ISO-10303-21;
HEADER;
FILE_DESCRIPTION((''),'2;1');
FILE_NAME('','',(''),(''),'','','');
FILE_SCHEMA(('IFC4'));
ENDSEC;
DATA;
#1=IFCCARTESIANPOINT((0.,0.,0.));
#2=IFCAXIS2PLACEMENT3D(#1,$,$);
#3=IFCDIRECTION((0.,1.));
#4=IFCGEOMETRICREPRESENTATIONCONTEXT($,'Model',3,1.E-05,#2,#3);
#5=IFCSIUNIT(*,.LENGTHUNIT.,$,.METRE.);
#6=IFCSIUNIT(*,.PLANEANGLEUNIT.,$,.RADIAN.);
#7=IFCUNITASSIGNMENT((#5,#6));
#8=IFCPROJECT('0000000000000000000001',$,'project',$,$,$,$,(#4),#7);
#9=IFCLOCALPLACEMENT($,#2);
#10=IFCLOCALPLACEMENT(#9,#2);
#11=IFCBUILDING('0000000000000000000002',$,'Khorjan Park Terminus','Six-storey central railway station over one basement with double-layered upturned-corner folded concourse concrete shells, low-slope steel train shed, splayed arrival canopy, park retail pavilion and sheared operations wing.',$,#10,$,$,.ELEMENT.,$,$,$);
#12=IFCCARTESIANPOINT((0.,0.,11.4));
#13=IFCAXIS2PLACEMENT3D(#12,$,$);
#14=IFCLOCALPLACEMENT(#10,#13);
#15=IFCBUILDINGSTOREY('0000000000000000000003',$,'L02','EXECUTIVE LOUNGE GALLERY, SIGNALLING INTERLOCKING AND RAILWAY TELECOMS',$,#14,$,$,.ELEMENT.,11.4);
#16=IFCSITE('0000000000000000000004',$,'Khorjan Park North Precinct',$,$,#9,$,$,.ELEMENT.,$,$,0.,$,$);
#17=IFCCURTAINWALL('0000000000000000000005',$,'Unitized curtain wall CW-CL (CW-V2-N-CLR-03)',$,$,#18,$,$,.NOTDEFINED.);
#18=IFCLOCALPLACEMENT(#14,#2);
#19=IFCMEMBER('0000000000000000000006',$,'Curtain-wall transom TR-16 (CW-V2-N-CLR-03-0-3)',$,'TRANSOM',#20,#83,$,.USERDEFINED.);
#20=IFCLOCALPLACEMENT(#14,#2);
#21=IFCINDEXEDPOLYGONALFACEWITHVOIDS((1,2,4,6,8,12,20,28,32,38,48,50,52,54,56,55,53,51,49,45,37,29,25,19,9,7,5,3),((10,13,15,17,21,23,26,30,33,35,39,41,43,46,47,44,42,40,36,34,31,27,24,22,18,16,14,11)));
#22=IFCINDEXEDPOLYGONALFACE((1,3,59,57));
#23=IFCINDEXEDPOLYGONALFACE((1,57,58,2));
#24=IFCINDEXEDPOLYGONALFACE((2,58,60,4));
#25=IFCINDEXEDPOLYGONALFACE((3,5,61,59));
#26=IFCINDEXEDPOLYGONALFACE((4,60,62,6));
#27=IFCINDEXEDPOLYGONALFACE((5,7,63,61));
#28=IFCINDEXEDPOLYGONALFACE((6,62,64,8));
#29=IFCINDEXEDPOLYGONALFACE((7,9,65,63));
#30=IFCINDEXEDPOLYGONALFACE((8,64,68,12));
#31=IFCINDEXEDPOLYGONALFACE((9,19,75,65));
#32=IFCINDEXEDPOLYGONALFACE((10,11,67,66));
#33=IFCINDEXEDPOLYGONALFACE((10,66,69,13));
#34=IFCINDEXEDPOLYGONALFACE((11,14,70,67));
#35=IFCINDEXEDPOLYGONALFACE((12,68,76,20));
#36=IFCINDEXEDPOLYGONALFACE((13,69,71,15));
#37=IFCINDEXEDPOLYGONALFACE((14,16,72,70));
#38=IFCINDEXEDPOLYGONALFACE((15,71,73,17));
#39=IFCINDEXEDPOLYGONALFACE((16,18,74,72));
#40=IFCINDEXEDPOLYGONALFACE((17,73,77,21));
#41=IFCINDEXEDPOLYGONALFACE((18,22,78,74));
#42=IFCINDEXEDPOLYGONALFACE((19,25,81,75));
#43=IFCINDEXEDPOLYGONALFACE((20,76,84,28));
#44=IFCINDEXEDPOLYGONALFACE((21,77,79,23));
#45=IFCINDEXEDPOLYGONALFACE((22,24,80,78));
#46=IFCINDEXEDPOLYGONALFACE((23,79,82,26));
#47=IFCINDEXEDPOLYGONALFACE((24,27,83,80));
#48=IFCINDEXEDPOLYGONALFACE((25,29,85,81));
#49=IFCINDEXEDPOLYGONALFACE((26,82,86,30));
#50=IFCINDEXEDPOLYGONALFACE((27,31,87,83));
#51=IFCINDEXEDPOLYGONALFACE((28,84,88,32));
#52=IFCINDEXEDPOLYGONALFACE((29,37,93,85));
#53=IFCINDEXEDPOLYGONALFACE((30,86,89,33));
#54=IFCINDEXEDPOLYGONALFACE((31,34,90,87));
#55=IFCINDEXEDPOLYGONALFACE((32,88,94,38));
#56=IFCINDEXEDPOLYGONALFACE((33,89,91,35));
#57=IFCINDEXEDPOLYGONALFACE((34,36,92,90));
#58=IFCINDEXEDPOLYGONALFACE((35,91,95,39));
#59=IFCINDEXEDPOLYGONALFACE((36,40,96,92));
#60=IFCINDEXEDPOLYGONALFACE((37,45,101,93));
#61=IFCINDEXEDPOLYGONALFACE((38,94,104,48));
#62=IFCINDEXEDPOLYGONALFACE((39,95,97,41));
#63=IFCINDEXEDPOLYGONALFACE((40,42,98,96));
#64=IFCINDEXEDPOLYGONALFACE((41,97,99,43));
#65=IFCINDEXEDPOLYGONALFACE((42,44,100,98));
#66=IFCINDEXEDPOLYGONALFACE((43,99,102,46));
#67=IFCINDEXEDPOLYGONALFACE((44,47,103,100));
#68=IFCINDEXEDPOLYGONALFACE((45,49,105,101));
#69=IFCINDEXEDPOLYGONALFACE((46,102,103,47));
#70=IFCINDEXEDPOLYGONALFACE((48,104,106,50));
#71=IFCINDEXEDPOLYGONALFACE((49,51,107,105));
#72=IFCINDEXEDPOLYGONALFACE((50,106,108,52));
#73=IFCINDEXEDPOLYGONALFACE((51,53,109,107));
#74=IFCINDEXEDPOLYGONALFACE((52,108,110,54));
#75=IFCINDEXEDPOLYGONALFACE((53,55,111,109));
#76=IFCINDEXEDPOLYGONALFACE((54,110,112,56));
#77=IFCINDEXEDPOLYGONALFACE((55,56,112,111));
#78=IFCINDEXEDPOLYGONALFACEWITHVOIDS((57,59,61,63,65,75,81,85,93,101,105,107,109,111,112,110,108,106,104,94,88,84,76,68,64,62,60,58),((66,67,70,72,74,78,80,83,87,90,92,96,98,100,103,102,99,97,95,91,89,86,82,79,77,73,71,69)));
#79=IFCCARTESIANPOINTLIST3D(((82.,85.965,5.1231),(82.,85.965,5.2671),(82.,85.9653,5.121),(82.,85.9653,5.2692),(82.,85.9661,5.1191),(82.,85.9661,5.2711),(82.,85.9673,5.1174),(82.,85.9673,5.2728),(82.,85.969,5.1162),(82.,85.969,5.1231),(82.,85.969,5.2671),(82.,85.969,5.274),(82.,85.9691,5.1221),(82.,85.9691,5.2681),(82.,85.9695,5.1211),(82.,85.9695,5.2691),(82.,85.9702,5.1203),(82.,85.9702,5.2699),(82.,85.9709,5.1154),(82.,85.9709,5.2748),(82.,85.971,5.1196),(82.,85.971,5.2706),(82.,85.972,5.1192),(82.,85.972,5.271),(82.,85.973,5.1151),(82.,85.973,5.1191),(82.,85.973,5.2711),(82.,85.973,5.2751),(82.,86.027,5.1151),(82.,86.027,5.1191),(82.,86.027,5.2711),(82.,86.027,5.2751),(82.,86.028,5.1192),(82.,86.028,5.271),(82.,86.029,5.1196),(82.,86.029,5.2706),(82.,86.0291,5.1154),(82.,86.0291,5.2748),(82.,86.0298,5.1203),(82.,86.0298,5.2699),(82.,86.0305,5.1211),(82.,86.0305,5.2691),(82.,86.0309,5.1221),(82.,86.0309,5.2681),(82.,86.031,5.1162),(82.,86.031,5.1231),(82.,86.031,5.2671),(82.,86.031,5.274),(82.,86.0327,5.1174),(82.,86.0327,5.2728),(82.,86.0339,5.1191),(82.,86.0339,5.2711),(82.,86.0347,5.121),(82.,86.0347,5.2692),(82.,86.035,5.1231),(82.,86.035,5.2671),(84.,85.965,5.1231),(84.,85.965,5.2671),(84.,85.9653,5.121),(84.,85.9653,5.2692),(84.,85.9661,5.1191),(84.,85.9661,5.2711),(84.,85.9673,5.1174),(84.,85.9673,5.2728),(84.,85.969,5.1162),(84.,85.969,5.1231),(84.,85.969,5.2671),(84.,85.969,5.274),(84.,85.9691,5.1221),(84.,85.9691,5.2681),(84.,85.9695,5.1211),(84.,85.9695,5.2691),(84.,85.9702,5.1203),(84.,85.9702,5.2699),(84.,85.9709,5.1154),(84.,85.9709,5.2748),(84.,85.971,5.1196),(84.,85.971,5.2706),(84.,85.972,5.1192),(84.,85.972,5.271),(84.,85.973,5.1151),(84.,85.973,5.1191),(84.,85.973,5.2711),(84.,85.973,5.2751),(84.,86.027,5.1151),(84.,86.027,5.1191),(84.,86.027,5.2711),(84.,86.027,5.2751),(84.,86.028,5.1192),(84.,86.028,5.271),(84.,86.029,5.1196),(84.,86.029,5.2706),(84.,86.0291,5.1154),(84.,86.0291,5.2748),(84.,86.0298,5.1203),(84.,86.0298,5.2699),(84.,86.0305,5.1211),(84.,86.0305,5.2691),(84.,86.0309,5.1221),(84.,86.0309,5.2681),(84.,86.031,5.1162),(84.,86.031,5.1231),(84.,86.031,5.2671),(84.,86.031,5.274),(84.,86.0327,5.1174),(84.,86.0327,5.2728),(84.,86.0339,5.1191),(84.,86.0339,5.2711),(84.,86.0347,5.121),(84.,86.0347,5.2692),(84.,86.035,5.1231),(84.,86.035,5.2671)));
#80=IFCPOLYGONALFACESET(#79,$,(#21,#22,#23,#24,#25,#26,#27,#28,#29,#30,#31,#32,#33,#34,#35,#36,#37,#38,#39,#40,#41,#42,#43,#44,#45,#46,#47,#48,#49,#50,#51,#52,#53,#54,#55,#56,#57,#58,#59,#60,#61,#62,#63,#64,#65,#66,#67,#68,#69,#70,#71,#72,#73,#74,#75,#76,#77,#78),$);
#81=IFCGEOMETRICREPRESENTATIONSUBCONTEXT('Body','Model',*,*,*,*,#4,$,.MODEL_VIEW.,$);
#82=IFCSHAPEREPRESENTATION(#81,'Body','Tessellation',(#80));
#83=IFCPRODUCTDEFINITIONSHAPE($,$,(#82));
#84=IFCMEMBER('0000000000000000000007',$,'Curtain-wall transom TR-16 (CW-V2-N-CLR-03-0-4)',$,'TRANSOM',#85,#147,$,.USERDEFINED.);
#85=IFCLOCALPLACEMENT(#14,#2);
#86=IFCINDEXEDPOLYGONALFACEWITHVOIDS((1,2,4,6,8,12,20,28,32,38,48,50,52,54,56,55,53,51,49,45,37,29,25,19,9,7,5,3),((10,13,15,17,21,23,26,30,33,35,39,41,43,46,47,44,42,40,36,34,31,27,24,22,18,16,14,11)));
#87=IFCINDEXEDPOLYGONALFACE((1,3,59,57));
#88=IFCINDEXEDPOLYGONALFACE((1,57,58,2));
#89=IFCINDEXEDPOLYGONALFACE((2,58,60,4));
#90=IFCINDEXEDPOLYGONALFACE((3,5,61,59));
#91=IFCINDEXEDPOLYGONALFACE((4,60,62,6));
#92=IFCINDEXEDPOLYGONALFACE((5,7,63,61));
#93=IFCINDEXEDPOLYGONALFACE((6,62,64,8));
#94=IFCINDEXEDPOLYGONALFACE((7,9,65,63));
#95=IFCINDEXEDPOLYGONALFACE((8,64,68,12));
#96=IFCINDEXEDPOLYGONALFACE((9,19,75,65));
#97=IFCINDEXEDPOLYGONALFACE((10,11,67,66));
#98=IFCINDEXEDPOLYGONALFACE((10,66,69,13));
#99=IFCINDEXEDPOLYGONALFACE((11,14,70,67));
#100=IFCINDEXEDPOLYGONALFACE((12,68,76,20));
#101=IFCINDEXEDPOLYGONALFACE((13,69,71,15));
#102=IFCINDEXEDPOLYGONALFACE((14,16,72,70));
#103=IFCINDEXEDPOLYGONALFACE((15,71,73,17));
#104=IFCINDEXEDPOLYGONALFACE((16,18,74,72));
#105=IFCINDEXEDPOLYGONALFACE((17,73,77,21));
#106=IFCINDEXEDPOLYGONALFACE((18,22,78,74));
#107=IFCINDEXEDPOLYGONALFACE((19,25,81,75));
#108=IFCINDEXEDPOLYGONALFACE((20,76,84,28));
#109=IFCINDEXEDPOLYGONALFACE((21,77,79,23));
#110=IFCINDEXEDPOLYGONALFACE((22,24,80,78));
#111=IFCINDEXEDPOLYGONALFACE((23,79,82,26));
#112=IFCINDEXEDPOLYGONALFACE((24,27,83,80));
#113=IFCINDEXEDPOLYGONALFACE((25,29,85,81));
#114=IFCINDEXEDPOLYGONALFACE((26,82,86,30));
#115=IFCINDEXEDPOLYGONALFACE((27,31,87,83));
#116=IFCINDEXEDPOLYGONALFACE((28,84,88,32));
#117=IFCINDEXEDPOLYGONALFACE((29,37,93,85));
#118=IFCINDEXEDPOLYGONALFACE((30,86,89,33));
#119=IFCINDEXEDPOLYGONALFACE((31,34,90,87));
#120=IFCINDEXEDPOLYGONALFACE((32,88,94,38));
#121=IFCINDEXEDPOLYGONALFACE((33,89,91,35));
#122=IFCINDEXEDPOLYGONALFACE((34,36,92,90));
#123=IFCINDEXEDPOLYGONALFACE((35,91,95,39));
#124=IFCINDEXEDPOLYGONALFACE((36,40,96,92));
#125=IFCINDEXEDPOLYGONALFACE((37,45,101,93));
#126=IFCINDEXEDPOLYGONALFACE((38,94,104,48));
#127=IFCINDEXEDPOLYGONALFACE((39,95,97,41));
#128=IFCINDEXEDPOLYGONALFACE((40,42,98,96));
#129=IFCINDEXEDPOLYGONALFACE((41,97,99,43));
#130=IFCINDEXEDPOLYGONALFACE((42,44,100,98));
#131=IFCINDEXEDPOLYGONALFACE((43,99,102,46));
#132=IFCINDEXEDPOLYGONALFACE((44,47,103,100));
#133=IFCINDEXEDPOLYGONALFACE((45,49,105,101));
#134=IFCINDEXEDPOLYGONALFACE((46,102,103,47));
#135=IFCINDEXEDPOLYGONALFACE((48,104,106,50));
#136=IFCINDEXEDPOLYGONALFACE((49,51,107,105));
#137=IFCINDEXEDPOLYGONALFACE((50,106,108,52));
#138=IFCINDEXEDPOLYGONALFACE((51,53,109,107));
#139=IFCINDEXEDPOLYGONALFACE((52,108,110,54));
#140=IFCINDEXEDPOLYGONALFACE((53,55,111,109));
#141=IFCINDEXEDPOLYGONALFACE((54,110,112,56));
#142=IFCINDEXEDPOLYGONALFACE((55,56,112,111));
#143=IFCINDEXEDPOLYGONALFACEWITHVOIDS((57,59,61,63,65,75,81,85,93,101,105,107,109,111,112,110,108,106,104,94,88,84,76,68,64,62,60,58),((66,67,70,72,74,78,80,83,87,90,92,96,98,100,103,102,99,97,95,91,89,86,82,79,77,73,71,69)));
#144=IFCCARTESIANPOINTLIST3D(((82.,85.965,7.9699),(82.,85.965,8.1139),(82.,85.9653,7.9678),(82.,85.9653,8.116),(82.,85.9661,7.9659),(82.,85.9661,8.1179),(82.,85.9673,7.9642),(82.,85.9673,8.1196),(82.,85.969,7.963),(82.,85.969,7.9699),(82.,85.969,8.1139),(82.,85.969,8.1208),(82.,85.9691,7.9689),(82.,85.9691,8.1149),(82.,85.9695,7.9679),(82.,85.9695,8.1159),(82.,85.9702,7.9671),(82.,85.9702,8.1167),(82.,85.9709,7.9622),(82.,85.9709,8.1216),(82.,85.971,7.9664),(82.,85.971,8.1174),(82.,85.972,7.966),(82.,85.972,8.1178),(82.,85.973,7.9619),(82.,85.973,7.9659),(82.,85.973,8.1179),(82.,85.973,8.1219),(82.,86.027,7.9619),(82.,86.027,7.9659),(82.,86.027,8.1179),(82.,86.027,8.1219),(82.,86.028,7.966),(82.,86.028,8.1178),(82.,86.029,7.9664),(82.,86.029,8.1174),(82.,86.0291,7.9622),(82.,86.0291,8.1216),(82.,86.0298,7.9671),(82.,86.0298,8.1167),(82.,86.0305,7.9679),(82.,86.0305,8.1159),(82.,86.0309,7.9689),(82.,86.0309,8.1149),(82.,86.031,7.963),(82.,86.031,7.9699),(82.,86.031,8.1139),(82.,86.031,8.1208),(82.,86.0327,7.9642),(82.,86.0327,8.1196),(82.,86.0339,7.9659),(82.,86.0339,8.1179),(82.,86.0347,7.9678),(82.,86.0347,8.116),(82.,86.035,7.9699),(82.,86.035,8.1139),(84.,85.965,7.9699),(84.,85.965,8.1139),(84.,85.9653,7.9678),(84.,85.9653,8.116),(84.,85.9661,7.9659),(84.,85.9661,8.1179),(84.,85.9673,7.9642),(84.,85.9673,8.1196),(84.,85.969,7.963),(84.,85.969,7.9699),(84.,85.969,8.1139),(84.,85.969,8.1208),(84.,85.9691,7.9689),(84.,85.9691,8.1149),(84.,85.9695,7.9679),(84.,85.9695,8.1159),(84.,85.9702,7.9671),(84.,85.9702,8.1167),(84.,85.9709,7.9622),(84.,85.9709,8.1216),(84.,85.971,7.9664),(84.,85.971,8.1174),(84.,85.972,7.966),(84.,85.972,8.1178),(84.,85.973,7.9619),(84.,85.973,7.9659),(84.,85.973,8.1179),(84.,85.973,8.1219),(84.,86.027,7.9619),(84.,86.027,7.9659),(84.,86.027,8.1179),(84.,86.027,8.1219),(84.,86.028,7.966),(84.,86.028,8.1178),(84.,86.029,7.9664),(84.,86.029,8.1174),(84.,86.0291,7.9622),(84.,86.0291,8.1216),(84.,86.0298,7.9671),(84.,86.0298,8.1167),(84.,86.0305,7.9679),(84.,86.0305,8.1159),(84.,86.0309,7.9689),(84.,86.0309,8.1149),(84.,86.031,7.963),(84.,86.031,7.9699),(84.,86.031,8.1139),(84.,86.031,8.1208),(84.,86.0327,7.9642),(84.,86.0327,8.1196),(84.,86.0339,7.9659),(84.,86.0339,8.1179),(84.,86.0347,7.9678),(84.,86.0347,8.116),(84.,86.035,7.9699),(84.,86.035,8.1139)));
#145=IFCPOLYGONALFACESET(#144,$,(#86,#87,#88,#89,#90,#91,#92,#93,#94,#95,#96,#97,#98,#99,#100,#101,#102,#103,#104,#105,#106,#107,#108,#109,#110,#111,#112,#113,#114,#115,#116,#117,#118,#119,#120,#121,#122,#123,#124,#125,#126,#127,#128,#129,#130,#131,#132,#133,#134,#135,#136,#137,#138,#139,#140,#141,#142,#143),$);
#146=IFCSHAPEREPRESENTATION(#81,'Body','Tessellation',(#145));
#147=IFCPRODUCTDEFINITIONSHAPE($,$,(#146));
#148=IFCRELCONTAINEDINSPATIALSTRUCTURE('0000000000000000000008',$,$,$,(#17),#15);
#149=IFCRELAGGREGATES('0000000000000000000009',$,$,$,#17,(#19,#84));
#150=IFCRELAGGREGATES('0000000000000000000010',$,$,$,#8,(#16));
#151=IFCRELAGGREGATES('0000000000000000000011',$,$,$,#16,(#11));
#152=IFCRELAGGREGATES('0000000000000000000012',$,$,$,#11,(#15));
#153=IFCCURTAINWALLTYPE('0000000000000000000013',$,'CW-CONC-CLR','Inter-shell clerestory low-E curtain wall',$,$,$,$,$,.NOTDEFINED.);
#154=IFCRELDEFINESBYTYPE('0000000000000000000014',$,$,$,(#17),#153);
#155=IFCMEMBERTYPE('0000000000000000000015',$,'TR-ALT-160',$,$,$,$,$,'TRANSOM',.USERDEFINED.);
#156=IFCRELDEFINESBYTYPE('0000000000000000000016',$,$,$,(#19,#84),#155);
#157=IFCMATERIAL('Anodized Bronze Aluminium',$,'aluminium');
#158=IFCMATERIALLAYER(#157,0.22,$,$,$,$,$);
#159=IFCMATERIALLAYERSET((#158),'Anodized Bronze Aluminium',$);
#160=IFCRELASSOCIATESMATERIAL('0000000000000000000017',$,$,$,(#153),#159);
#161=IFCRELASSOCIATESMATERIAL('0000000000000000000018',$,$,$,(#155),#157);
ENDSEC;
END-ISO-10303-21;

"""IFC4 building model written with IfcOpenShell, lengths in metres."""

from ifc_helpers import new_model, si_unit, direction, frame, origin, origin_2d, place, context, subcontext, project, spatial, hollow_rectangle, extrude, material, layer, layer_set, material_profile, profile_set, type_object, element, aggregate, save


model = new_model("IFC4")

# Units and contexts
model_context = context("Model", 3, precision=1e-05, world=origin(), true_north=direction((0.0, 1.0)))
body_context = subcontext(model_context, "Body", "Model", "MODEL_VIEW")
ifc_project = project(units=[si_unit("LENGTHUNIT", "METRE"), si_unit("PLANEANGLEUNIT", "RADIAN")], contexts=[model_context])

# Site, building, storey
site_placement = place(None, origin())
site = spatial("IfcSite", under=ifc_project, at=site_placement, Name="Khorjan Park North Precinct", CompositionType="ELEMENT", RefElevation=0.0)
building_placement = place(site_placement, origin())
building = spatial("IfcBuilding", under=site, at=building_placement, Name="Khorjan Park Terminus", Description="Six-storey central railway station over one basement with double-layered upturned-corner folded concourse concrete shells, low-slope steel train shed, splayed arrival canopy, park retail pavilion and sheared operations wing.", CompositionType="ELEMENT")
storey_placement = place(building_placement, frame((0.0, 0.0, 11.4)))
storey = spatial("IfcBuildingStorey", under=building, at=storey_placement, Name="L02", Description="EXECUTIVE LOUNGE GALLERY, SIGNALLING INTERLOCKING AND RAILWAY TELECOMS", CompositionType="ELEMENT", Elevation=11.4)

# Curtain wall
ifc_material_1 = material(Name="Anodized Bronze Aluminium", Category="aluminium")
ifc_layer_1 = layer(ifc_material_1, 0.22)
ifc_layer_set_1 = layer_set([ifc_layer_1], Name="Anodized Bronze Aluminium")
curtain_wall_type = type_object("IfcCurtainWallType", Name="CW-CONC-CLR", Description="Inter-shell clerestory low-E curtain wall", PredefinedType="NOTDEFINED", material=ifc_layer_set_1)
curtain_wall_1_placement = place(storey_placement, origin())
curtain_wall_1 = element("IfcCurtainWall", 1, at=curtain_wall_1_placement, inside=storey, type_object=curtain_wall_type, Name="Unitized curtain wall CW-CL (CW-V2-N-CLR-03)", PredefinedType="NOTDEFINED")

# Members
ifc_material_profile_1 = material_profile(ifc_material_1, hollow_rectangle(XDim=0.07, YDim=0.16, WallThickness=0.004, InnerFilletRadius=0.004, OuterFilletRadius=0.008, at=origin_2d()), Name="ALT 70x160x4")
ifc_profile_set_1 = profile_set([ifc_material_profile_1], Name="Anodized Bronze Aluminium")
member_type_1 = type_object("IfcMemberType", Name="TR-ALT-160", ElementType="TRANSOM", PredefinedType="USERDEFINED", material=ifc_profile_set_1)
member_1_placement = place(storey_placement, frame((84.0, 86.0, 5.1951), z_axis=(-1.0, 0.0, 0.0), x_axis=(0.0, -1.0, 0.0)))
member_1 = element("IfcMember", 2, at=member_1_placement, type_object=member_type_1, Name="Curtain-wall transom TR-16 (CW-V2-N-CLR-03-0-3)", ObjectType="TRANSOM", PredefinedType="USERDEFINED", context=body_context, shape_type="SweptSolid", body=[
    extrude(hollow_rectangle(XDim=0.07, YDim=0.16, WallThickness=0.004, InnerFilletRadius=0.004, OuterFilletRadius=0.008, at=origin_2d()), origin(), (0.0, 0.0, 1.0), 2.0),
])
member_2_placement = place(storey_placement, frame((84.0, 86.0, 8.0419), z_axis=(-1.0, 0.0, 0.0), x_axis=(0.0, -1.0, 0.0)))
member_2 = element("IfcMember", 3, at=member_2_placement, type_object=member_type_1, Name="Curtain-wall transom TR-16 (CW-V2-N-CLR-03-0-4)", ObjectType="TRANSOM", PredefinedType="USERDEFINED", context=body_context, shape_type="SweptSolid", body=[
    extrude(hollow_rectangle(XDim=0.07, YDim=0.16, WallThickness=0.004, InnerFilletRadius=0.004, OuterFilletRadius=0.008, at=origin_2d()), origin(), (0.0, 0.0, 1.0), 2.0),
])

aggregate(curtain_wall_1, [member_1, member_2])

save(model, "model.ifc")
